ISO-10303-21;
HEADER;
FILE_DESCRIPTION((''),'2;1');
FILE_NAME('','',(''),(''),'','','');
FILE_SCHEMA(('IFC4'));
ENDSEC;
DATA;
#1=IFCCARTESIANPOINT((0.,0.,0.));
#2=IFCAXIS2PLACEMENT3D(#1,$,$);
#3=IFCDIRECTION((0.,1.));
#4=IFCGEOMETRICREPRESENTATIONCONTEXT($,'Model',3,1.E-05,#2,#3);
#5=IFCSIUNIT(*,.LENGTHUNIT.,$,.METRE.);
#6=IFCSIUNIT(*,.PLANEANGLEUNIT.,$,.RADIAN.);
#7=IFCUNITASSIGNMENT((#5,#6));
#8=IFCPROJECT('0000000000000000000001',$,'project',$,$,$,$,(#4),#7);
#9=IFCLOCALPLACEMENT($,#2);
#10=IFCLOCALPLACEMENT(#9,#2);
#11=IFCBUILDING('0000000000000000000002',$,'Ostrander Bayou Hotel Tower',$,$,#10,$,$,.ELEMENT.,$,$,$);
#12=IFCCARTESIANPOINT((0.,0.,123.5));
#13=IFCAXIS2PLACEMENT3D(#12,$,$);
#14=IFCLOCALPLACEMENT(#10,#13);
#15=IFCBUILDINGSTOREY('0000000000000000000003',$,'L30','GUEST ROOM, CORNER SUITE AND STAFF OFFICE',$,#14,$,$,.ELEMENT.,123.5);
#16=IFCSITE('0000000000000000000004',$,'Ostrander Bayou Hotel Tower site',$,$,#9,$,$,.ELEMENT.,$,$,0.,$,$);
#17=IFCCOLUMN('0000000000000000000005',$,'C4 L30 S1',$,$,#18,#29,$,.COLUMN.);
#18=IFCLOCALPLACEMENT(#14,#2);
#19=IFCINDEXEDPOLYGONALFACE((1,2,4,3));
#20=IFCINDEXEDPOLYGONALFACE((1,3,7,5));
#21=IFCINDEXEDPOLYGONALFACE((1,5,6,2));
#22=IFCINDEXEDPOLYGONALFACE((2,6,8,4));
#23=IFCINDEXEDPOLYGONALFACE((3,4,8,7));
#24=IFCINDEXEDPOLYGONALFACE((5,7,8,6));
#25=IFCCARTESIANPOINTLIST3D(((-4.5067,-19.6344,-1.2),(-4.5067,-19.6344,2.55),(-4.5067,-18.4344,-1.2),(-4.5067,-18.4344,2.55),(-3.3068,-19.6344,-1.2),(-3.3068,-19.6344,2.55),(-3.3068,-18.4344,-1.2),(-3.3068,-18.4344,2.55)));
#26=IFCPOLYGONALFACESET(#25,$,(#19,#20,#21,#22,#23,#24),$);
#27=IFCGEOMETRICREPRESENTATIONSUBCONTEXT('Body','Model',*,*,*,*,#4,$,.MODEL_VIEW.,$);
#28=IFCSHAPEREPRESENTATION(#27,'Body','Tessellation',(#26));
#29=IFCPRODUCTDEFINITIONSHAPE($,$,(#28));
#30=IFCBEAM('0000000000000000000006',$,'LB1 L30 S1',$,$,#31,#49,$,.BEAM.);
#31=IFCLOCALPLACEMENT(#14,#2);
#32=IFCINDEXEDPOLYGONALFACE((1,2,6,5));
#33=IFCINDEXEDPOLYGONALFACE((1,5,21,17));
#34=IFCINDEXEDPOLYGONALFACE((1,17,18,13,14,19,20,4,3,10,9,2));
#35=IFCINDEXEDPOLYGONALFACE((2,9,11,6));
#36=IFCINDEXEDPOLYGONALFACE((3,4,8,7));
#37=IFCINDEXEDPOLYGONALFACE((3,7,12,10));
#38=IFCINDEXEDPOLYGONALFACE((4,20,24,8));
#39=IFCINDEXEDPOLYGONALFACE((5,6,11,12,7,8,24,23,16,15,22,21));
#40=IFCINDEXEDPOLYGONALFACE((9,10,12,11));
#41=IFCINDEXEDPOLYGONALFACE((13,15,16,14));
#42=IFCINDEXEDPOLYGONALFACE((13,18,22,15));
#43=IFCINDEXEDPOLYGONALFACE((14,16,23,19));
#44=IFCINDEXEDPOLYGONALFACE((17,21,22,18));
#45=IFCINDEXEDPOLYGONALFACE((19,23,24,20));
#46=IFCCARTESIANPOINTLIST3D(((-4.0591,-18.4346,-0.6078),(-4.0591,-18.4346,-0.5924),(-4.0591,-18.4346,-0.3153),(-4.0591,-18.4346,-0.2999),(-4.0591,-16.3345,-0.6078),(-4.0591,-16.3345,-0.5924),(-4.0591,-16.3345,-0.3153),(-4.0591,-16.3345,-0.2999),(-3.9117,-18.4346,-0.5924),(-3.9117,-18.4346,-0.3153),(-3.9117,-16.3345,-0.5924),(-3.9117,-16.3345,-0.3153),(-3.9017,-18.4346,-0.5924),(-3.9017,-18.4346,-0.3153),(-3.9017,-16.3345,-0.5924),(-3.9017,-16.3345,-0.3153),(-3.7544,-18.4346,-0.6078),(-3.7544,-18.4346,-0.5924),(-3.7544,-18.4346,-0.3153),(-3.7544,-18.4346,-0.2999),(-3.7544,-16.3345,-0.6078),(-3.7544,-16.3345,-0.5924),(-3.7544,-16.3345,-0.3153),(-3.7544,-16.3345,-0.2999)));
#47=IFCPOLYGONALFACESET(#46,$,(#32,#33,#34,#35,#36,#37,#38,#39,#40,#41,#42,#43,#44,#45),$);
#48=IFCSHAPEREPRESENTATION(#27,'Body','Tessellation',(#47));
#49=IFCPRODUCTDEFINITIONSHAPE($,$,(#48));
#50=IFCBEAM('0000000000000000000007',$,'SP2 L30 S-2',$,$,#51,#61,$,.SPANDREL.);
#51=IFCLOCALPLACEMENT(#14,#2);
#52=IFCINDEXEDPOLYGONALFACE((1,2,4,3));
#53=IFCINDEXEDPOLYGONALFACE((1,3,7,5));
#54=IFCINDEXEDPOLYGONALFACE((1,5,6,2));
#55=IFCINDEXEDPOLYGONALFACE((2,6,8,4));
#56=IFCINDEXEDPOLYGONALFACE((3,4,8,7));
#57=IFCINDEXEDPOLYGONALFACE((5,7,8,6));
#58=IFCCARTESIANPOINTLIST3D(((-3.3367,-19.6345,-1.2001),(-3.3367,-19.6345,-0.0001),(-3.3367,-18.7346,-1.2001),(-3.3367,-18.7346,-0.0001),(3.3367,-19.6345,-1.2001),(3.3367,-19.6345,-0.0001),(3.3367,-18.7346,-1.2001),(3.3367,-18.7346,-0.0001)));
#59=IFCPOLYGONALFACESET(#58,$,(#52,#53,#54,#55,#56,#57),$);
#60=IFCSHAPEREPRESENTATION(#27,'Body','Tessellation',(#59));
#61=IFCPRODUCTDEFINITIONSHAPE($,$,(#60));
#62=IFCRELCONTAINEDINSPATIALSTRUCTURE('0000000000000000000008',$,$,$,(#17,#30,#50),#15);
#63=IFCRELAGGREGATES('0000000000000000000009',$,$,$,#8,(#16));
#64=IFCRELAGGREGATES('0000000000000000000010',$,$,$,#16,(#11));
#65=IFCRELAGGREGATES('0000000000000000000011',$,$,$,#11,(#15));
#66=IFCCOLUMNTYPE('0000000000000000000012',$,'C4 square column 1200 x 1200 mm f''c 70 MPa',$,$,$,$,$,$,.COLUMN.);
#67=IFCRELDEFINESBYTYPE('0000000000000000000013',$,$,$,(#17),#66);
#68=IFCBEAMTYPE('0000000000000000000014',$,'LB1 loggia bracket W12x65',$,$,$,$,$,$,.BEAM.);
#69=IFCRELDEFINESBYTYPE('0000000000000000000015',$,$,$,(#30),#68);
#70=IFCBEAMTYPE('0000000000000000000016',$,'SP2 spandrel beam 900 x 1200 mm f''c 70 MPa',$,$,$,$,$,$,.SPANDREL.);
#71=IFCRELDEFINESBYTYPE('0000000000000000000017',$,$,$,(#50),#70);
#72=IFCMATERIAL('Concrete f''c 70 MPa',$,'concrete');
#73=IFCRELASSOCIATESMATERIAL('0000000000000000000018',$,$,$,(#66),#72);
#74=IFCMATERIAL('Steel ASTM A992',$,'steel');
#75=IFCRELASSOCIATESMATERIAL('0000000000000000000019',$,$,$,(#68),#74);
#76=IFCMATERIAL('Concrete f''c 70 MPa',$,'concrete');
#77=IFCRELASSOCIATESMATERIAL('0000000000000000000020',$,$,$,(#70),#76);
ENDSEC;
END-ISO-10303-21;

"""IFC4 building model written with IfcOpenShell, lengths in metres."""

from ifc_helpers import new_model, si_unit, direction, frame, origin, origin_2d, place, context, subcontext, project, spatial, rectangle, i_section, extrude, material, material_profile, profile_set, type_object, element, save


model = new_model("IFC4")

# Units and contexts
model_context = context("Model", 3, precision=1e-05, world=origin(), true_north=direction((0.0, 1.0)))
body_context = subcontext(model_context, "Body", "Model", "MODEL_VIEW")
ifc_project = project(units=[si_unit("LENGTHUNIT", "METRE"), si_unit("PLANEANGLEUNIT", "RADIAN")], contexts=[model_context])

# Site, building, storey
site_placement = place(None, origin())
site = spatial("IfcSite", under=ifc_project, at=site_placement, Name="Ostrander Bayou Hotel Tower site", CompositionType="ELEMENT", RefElevation=0.0)
building_placement = place(site_placement, origin())
building = spatial("IfcBuilding", under=site, at=building_placement, Name="Ostrander Bayou Hotel Tower", CompositionType="ELEMENT")
storey_placement = place(building_placement, frame((0.0, 0.0, 123.5)))
storey = spatial("IfcBuildingStorey", under=building, at=storey_placement, Name="L30", Description="GUEST ROOM, CORNER SUITE AND STAFF OFFICE", CompositionType="ELEMENT", Elevation=123.5)

# Column
ifc_material_1 = material(Name="Concrete f'c 70 MPa", Category="concrete")
ifc_material_profile_1 = material_profile(ifc_material_1, rectangle(XDim=1.2, YDim=1.2, at=origin_2d()))
ifc_profile_set_1 = profile_set([ifc_material_profile_1], Name="Concrete f'c 70 MPa")
column_type = type_object("IfcColumnType", Name="C4 square column 1200 x 1200 mm f'c 70 MPa", PredefinedType="COLUMN", material=ifc_profile_set_1)
column_placement = place(storey_placement, frame((-3.9067, -19.0344, -1.2), z_axis=(0.0, 0.0, 1.0), x_axis=(-1.0, 0.0, 0.0)))
element("IfcColumn", 1, at=column_placement, inside=storey, type_object=column_type, Name="C4 L30 S1", PredefinedType="COLUMN", context=body_context, shape_type="SweptSolid", body=[
    extrude(rectangle(XDim=1.2, YDim=1.2, at=origin_2d()), origin(), (0.0, 0.0, 1.0), 3.75),
])

# Beams
ifc_material_2 = material(Name="Steel ASTM A992", Category="steel")
ifc_material_profile_2 = material_profile(ifc_material_2, i_section(OverallWidth=0.3047, OverallDepth=0.3079, WebThickness=0.01, FlangeThickness=0.0154, at=origin_2d()))
ifc_profile_set_2 = profile_set([ifc_material_profile_2], Name="Steel ASTM A992")
beam_type_1 = type_object("IfcBeamType", Name="LB1 loggia bracket W12x65", PredefinedType="BEAM", material=ifc_profile_set_2)
beam_1_placement = place(storey_placement, frame((-3.9067, -18.4346, -0.4539), z_axis=(0.0, 1.0, 0.0), x_axis=(-1.0, 0.0, 0.0)))
element("IfcBeam", 2, at=beam_1_placement, inside=storey, type_object=beam_type_1, Name="LB1 L30 S1", PredefinedType="BEAM", context=body_context, shape_type="SweptSolid", body=[
    extrude(i_section(OverallWidth=0.3047, OverallDepth=0.3079, WebThickness=0.01, FlangeThickness=0.0154, at=origin_2d()), origin(), (0.0, 0.0, 1.0), 2.1001),
])
ifc_material_3 = material(Name="Concrete f'c 70 MPa", Category="concrete")
ifc_material_profile_3 = material_profile(ifc_material_3, rectangle(XDim=0.8999, YDim=1.2, at=origin_2d()))
ifc_profile_set_3 = profile_set([ifc_material_profile_3], Name="Concrete f'c 70 MPa")
beam_type_2 = type_object("IfcBeamType", Name="SP2 spandrel beam 900 x 1200 mm f'c 70 MPa", PredefinedType="SPANDREL", material=ifc_profile_set_3)
beam_2_placement = place(storey_placement, frame((-3.3367, -19.1846, -0.6001), z_axis=(1.0, 0.0, 0.0), x_axis=(0.0, 1.0, 0.0)))
element("IfcBeam", 3, at=beam_2_placement, inside=storey, type_object=beam_type_2, Name="SP2 L30 S-2", PredefinedType="SPANDREL", context=body_context, shape_type="SweptSolid", body=[
    extrude(rectangle(XDim=0.8999, YDim=1.2, at=origin_2d()), origin(), (0.0, 0.0, 1.0), 6.6733),
])

save(model, "model.ifc")
